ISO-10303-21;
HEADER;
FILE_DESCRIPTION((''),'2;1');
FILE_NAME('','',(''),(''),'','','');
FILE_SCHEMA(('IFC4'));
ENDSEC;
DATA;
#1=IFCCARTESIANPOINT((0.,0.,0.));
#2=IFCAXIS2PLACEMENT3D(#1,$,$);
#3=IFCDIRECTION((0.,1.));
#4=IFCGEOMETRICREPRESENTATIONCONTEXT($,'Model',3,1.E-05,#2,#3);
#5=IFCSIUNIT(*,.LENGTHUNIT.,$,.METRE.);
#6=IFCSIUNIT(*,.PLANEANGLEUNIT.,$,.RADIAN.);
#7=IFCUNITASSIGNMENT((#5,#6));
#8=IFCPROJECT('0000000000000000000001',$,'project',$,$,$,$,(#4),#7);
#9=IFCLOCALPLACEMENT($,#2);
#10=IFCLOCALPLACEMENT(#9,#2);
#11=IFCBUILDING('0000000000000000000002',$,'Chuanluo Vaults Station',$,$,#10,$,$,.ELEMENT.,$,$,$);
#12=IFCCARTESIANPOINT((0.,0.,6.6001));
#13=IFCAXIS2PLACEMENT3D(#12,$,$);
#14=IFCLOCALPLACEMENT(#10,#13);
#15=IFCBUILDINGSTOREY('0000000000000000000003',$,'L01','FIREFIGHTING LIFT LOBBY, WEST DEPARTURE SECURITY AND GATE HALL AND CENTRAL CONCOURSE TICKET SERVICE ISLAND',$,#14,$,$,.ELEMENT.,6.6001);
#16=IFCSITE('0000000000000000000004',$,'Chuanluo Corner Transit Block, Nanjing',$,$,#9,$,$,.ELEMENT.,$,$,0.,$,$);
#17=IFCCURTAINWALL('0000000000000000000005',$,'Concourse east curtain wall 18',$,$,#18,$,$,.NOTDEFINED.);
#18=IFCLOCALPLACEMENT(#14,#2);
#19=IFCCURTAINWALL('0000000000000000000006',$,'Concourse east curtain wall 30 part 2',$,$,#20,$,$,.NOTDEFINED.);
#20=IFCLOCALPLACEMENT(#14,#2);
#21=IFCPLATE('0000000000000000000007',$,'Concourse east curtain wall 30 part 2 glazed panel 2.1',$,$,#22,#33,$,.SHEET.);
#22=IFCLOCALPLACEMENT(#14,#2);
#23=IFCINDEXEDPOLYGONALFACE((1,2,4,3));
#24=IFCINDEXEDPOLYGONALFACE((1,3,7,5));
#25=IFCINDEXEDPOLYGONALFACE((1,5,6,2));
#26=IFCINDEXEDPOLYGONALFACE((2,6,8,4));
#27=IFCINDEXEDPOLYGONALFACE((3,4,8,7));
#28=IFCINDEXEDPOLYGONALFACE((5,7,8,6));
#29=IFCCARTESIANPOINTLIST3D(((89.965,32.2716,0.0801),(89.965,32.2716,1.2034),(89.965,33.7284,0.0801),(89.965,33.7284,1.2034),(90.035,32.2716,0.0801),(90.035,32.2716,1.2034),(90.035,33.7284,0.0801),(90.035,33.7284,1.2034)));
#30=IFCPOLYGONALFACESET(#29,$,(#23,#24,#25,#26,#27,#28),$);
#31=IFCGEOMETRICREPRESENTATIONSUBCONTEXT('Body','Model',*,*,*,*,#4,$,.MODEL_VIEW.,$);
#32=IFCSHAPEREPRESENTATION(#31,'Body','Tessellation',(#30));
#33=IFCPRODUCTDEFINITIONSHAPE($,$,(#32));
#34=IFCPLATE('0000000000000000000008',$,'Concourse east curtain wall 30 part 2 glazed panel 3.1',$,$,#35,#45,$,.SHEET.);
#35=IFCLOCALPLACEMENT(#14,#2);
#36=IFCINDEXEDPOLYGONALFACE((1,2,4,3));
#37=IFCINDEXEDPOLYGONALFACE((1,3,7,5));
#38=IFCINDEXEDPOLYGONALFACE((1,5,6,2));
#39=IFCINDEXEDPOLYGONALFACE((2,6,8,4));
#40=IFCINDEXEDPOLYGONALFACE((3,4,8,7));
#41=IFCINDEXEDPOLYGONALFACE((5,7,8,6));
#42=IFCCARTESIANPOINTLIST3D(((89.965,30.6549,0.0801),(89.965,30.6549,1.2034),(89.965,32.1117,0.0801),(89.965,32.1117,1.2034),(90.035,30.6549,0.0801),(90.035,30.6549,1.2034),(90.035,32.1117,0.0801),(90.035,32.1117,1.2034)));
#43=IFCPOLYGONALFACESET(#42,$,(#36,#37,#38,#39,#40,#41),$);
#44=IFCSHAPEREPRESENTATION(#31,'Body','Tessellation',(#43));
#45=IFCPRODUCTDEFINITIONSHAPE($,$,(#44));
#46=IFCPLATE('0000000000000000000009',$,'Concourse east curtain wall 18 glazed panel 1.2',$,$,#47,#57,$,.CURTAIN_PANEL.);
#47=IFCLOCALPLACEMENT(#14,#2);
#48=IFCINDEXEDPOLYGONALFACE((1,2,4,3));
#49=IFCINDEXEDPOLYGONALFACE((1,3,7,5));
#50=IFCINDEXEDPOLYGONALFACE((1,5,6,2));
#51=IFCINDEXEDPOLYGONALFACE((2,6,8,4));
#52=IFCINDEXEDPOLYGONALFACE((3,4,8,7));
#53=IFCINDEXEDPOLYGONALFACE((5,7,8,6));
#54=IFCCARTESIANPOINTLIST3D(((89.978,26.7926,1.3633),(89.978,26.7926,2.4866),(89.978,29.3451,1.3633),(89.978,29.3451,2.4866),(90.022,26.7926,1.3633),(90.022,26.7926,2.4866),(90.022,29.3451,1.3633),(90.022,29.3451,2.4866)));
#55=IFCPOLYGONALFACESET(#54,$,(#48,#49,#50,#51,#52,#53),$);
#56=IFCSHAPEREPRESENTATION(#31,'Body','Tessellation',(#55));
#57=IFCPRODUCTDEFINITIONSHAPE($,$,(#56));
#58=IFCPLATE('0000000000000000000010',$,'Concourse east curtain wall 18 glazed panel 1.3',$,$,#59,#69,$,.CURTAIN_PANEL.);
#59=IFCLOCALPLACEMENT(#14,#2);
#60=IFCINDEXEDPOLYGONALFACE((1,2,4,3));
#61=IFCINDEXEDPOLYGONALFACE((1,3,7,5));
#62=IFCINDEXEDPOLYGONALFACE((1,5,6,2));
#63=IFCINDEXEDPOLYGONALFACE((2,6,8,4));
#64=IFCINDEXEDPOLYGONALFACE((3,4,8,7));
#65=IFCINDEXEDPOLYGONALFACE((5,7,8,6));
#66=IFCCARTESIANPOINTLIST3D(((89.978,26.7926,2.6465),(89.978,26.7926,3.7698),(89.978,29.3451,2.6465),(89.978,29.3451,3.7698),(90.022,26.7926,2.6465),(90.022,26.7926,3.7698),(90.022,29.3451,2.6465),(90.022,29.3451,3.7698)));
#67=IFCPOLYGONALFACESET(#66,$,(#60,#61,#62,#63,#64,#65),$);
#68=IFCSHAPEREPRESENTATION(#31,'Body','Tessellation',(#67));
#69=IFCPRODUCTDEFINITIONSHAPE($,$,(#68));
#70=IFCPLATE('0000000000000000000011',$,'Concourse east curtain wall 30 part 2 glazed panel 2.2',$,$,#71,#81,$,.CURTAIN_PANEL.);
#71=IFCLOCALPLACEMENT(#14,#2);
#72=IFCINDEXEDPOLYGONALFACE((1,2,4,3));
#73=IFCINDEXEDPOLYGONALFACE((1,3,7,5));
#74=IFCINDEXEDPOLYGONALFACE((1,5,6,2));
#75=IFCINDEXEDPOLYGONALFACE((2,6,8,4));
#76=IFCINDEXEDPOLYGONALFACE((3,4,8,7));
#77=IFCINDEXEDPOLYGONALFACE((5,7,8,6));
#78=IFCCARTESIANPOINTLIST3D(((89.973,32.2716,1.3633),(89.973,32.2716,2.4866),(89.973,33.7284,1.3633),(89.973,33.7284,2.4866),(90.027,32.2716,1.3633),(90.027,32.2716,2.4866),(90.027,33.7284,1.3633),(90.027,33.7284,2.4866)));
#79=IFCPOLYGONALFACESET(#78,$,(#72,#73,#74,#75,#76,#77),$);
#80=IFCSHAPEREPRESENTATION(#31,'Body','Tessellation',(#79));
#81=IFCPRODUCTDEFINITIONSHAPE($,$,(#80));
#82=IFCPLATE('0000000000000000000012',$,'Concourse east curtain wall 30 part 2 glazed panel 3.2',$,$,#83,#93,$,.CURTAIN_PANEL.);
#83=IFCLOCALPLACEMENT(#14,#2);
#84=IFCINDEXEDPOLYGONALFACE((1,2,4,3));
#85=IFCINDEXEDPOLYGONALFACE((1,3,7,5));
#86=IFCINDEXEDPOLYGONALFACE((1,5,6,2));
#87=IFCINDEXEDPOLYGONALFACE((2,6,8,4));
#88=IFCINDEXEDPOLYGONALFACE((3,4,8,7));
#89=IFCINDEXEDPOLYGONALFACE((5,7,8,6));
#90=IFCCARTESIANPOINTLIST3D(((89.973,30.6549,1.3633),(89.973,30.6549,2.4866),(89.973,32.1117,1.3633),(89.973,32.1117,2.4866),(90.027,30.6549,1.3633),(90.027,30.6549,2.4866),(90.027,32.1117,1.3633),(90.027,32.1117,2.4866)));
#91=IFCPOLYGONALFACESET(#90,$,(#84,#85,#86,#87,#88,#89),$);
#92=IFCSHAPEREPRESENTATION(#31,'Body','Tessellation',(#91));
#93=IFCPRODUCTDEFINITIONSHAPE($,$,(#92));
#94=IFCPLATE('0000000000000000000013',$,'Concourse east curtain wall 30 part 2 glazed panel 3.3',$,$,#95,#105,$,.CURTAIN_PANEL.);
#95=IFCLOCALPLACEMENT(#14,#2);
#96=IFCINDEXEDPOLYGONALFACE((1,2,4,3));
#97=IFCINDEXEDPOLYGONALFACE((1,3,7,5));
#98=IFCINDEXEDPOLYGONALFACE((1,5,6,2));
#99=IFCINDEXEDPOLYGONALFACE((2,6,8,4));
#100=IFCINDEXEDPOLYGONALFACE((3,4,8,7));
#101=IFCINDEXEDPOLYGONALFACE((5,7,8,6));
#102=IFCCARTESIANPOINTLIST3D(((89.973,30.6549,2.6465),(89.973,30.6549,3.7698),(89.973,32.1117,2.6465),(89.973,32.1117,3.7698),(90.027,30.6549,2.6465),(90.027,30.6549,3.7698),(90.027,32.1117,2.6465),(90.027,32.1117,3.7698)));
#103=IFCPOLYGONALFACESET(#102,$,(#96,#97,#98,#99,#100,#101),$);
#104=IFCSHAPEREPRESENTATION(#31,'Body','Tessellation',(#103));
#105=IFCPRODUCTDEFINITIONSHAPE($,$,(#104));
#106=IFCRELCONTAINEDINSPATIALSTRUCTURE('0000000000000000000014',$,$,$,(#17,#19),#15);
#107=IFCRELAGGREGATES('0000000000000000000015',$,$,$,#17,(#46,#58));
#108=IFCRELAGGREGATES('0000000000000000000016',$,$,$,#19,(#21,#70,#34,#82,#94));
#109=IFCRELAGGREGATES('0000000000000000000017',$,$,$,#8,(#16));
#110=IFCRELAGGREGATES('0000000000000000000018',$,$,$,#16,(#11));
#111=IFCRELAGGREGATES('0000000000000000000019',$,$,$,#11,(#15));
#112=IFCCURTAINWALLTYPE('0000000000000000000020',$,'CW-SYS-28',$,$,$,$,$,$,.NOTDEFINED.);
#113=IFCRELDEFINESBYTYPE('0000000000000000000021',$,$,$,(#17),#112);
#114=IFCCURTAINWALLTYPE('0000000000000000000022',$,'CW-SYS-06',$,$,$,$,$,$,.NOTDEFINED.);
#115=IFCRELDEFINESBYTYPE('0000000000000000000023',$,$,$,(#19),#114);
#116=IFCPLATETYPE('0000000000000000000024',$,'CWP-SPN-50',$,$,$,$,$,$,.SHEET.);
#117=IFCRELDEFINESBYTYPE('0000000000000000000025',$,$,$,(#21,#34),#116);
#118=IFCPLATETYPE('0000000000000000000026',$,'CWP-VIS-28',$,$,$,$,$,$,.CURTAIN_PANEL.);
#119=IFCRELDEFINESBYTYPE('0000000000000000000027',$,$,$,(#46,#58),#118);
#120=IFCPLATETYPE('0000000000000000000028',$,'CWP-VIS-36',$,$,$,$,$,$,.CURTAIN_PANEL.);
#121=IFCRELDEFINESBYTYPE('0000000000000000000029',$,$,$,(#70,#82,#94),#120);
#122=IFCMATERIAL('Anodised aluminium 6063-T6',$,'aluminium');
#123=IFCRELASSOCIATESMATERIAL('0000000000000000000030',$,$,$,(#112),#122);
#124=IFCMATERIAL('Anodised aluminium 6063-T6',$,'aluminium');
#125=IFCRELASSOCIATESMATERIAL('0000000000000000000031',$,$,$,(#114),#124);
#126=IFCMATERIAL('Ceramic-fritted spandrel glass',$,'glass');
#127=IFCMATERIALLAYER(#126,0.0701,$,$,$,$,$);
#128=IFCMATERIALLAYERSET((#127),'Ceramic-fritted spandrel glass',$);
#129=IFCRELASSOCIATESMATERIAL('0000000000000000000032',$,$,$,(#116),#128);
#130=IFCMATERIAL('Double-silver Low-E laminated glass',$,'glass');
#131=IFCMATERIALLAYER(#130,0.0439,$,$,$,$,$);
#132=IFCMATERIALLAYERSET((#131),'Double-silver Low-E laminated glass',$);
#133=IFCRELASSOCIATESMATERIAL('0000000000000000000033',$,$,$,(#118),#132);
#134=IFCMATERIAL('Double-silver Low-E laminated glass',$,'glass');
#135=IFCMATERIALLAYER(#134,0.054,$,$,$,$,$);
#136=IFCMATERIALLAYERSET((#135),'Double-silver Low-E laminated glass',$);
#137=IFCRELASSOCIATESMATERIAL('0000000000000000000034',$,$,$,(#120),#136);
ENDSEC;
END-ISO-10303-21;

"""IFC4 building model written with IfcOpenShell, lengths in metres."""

from ifc_helpers import new_model, si_unit, direction, frame, origin, origin_2d, place, context, subcontext, project, spatial, rectangle, extrude, material, layer, layer_set, type_object, element, aggregate, save


model = new_model("IFC4")

# Units and contexts
model_context = context("Model", 3, precision=1e-05, world=origin(), true_north=direction((0.0, 1.0)))
body_context = subcontext(model_context, "Body", "Model", "MODEL_VIEW")
ifc_project = project(units=[si_unit("LENGTHUNIT", "METRE"), si_unit("PLANEANGLEUNIT", "RADIAN")], contexts=[model_context])

# Site, building, storey
site_placement = place(None, origin())
site = spatial("IfcSite", under=ifc_project, at=site_placement, Name="Chuanluo Corner Transit Block, Nanjing", CompositionType="ELEMENT", RefElevation=0.0)
building_placement = place(site_placement, origin())
building = spatial("IfcBuilding", under=site, at=building_placement, Name="Chuanluo Vaults Station", CompositionType="ELEMENT")
storey_placement = place(building_placement, frame((0.0, 0.0, 6.6001)))
storey = spatial("IfcBuildingStorey", under=building, at=storey_placement, Name="L01", Description="FIREFIGHTING LIFT LOBBY, WEST DEPARTURE SECURITY AND GATE HALL AND CENTRAL CONCOURSE TICKET SERVICE ISLAND", CompositionType="ELEMENT", Elevation=6.6001)

# Curtain wall
ifc_material_1 = material(Name="Anodised aluminium 6063-T6", Category="aluminium")
curtain_wall_type_1 = type_object("IfcCurtainWallType", Name="CW-SYS-28", PredefinedType="NOTDEFINED", material=ifc_material_1)
curtain_wall_1_placement = place(storey_placement, origin())
curtain_wall_1 = element("IfcCurtainWall", 1, at=curtain_wall_1_placement, inside=storey, type_object=curtain_wall_type_1, Name="Concourse east curtain wall 18", PredefinedType="NOTDEFINED")

# Curtain wall
ifc_material_2 = material(Name="Anodised aluminium 6063-T6", Category="aluminium")
curtain_wall_type_2 = type_object("IfcCurtainWallType", Name="CW-SYS-06", PredefinedType="NOTDEFINED", material=ifc_material_2)
curtain_wall_2_placement = place(storey_placement, origin())
curtain_wall_2 = element("IfcCurtainWall", 2, at=curtain_wall_2_placement, inside=storey, type_object=curtain_wall_type_2, Name="Concourse east curtain wall 30 part 2", PredefinedType="NOTDEFINED")

# Plates
ifc_material_3 = material(Name="Ceramic-fritted spandrel glass", Category="glass")
ifc_layer_1 = layer(ifc_material_3, 0.0701)
ifc_layer_set_1 = layer_set([ifc_layer_1], Name="Ceramic-fritted spandrel glass")
plate_type_1 = type_object("IfcPlateType", Name="CWP-SPN-50", PredefinedType="SHEET", material=ifc_layer_set_1)
plate_1_placement = place(storey_placement, frame((90.0, 33.0, 0.0801), z_axis=(0.0, 0.0, 1.0), x_axis=(0.0, -1.0, 0.0)))
plate_1 = element("IfcPlate", 3, at=plate_1_placement, type_object=plate_type_1, Name="Concourse east curtain wall 30 part 2 glazed panel 2.1", PredefinedType="SHEET", context=body_context, shape_type="SweptSolid", body=[
    extrude(rectangle(XDim=1.4568, YDim=0.0701, at=origin_2d()), origin(), (0.0, 0.0, 1.0), 1.1233),
])
plate_2_placement = place(storey_placement, frame((90.0, 31.3833, 0.0801), z_axis=(0.0, 0.0, 1.0), x_axis=(0.0, -1.0, 0.0)))
plate_2 = element("IfcPlate", 4, at=plate_2_placement, type_object=plate_type_1, Name="Concourse east curtain wall 30 part 2 glazed panel 3.1", PredefinedType="SHEET", context=body_context, shape_type="SweptSolid", body=[
    extrude(rectangle(XDim=1.4568, YDim=0.0701, at=origin_2d()), origin(), (0.0, 0.0, 1.0), 1.1233),
])
ifc_material_4 = material(Name="Double-silver Low-E laminated glass", Category="glass")
ifc_layer_2 = layer(ifc_material_4, 0.0439)
ifc_layer_set_2 = layer_set([ifc_layer_2], Name="Double-silver Low-E laminated glass")
plate_type_2 = type_object("IfcPlateType", Name="CWP-VIS-28", PredefinedType="CURTAIN_PANEL", material=ifc_layer_set_2)
plate_3_placement = place(storey_placement, frame((90.0, 28.0688, 1.3633), z_axis=(0.0, 0.0, 1.0), x_axis=(0.0, -1.0, 0.0)))
plate_3 = element("IfcPlate", 5, at=plate_3_placement, type_object=plate_type_2, Name="Concourse east curtain wall 18 glazed panel 1.2", PredefinedType="CURTAIN_PANEL", context=body_context, shape_type="SweptSolid", body=[
    extrude(rectangle(XDim=2.5525, YDim=0.0439, at=origin_2d()), origin(), (0.0, 0.0, 1.0), 1.1233),
])
plate_4_placement = place(storey_placement, frame((90.0, 28.0688, 2.6465), z_axis=(0.0, 0.0, 1.0), x_axis=(0.0, -1.0, 0.0)))
plate_4 = element("IfcPlate", 6, at=plate_4_placement, type_object=plate_type_2, Name="Concourse east curtain wall 18 glazed panel 1.3", PredefinedType="CURTAIN_PANEL", context=body_context, shape_type="SweptSolid", body=[
    extrude(rectangle(XDim=2.5525, YDim=0.0439, at=origin_2d()), origin(), (0.0, 0.0, 1.0), 1.1233),
])
aggregate(curtain_wall_1, [plate_3, plate_4])
ifc_material_5 = material(Name="Double-silver Low-E laminated glass", Category="glass")
ifc_layer_3 = layer(ifc_material_5, 0.054)
ifc_layer_set_3 = layer_set([ifc_layer_3], Name="Double-silver Low-E laminated glass")
plate_type_3 = type_object("IfcPlateType", Name="CWP-VIS-36", PredefinedType="CURTAIN_PANEL", material=ifc_layer_set_3)
plate_5_placement = place(storey_placement, frame((90.0, 33.0, 1.3633), z_axis=(0.0, 0.0, 1.0), x_axis=(0.0, -1.0, 0.0)))
plate_5 = element("IfcPlate", 7, at=plate_5_placement, type_object=plate_type_3, Name="Concourse east curtain wall 30 part 2 glazed panel 2.2", PredefinedType="CURTAIN_PANEL", context=body_context, shape_type="SweptSolid", body=[
    extrude(rectangle(XDim=1.4568, YDim=0.054, at=origin_2d()), origin(), (0.0, 0.0, 1.0), 1.1233),
])
plate_6_placement = place(storey_placement, frame((90.0, 31.3833, 1.3633), z_axis=(0.0, 0.0, 1.0), x_axis=(0.0, -1.0, 0.0)))
plate_6 = element("IfcPlate", 8, at=plate_6_placement, type_object=plate_type_3, Name="Concourse east curtain wall 30 part 2 glazed panel 3.2", PredefinedType="CURTAIN_PANEL", context=body_context, shape_type="SweptSolid", body=[
    extrude(rectangle(XDim=1.4568, YDim=0.054, at=origin_2d()), origin(), (0.0, 0.0, 1.0), 1.1233),
])
plate_7_placement = place(storey_placement, frame((90.0, 31.3833, 2.6465), z_axis=(0.0, 0.0, 1.0), x_axis=(0.0, -1.0, 0.0)))
plate_7 = element("IfcPlate", 9, at=plate_7_placement, type_object=plate_type_3, Name="Concourse east curtain wall 30 part 2 glazed panel 3.3", PredefinedType="CURTAIN_PANEL", context=body_context, shape_type="SweptSolid", body=[
    extrude(rectangle(XDim=1.4568, YDim=0.054, at=origin_2d()), origin(), (0.0, 0.0, 1.0), 1.1233),
])
aggregate(curtain_wall_2, [plate_1, plate_5, plate_2, plate_6, plate_7])

save(model, "model.ifc")
